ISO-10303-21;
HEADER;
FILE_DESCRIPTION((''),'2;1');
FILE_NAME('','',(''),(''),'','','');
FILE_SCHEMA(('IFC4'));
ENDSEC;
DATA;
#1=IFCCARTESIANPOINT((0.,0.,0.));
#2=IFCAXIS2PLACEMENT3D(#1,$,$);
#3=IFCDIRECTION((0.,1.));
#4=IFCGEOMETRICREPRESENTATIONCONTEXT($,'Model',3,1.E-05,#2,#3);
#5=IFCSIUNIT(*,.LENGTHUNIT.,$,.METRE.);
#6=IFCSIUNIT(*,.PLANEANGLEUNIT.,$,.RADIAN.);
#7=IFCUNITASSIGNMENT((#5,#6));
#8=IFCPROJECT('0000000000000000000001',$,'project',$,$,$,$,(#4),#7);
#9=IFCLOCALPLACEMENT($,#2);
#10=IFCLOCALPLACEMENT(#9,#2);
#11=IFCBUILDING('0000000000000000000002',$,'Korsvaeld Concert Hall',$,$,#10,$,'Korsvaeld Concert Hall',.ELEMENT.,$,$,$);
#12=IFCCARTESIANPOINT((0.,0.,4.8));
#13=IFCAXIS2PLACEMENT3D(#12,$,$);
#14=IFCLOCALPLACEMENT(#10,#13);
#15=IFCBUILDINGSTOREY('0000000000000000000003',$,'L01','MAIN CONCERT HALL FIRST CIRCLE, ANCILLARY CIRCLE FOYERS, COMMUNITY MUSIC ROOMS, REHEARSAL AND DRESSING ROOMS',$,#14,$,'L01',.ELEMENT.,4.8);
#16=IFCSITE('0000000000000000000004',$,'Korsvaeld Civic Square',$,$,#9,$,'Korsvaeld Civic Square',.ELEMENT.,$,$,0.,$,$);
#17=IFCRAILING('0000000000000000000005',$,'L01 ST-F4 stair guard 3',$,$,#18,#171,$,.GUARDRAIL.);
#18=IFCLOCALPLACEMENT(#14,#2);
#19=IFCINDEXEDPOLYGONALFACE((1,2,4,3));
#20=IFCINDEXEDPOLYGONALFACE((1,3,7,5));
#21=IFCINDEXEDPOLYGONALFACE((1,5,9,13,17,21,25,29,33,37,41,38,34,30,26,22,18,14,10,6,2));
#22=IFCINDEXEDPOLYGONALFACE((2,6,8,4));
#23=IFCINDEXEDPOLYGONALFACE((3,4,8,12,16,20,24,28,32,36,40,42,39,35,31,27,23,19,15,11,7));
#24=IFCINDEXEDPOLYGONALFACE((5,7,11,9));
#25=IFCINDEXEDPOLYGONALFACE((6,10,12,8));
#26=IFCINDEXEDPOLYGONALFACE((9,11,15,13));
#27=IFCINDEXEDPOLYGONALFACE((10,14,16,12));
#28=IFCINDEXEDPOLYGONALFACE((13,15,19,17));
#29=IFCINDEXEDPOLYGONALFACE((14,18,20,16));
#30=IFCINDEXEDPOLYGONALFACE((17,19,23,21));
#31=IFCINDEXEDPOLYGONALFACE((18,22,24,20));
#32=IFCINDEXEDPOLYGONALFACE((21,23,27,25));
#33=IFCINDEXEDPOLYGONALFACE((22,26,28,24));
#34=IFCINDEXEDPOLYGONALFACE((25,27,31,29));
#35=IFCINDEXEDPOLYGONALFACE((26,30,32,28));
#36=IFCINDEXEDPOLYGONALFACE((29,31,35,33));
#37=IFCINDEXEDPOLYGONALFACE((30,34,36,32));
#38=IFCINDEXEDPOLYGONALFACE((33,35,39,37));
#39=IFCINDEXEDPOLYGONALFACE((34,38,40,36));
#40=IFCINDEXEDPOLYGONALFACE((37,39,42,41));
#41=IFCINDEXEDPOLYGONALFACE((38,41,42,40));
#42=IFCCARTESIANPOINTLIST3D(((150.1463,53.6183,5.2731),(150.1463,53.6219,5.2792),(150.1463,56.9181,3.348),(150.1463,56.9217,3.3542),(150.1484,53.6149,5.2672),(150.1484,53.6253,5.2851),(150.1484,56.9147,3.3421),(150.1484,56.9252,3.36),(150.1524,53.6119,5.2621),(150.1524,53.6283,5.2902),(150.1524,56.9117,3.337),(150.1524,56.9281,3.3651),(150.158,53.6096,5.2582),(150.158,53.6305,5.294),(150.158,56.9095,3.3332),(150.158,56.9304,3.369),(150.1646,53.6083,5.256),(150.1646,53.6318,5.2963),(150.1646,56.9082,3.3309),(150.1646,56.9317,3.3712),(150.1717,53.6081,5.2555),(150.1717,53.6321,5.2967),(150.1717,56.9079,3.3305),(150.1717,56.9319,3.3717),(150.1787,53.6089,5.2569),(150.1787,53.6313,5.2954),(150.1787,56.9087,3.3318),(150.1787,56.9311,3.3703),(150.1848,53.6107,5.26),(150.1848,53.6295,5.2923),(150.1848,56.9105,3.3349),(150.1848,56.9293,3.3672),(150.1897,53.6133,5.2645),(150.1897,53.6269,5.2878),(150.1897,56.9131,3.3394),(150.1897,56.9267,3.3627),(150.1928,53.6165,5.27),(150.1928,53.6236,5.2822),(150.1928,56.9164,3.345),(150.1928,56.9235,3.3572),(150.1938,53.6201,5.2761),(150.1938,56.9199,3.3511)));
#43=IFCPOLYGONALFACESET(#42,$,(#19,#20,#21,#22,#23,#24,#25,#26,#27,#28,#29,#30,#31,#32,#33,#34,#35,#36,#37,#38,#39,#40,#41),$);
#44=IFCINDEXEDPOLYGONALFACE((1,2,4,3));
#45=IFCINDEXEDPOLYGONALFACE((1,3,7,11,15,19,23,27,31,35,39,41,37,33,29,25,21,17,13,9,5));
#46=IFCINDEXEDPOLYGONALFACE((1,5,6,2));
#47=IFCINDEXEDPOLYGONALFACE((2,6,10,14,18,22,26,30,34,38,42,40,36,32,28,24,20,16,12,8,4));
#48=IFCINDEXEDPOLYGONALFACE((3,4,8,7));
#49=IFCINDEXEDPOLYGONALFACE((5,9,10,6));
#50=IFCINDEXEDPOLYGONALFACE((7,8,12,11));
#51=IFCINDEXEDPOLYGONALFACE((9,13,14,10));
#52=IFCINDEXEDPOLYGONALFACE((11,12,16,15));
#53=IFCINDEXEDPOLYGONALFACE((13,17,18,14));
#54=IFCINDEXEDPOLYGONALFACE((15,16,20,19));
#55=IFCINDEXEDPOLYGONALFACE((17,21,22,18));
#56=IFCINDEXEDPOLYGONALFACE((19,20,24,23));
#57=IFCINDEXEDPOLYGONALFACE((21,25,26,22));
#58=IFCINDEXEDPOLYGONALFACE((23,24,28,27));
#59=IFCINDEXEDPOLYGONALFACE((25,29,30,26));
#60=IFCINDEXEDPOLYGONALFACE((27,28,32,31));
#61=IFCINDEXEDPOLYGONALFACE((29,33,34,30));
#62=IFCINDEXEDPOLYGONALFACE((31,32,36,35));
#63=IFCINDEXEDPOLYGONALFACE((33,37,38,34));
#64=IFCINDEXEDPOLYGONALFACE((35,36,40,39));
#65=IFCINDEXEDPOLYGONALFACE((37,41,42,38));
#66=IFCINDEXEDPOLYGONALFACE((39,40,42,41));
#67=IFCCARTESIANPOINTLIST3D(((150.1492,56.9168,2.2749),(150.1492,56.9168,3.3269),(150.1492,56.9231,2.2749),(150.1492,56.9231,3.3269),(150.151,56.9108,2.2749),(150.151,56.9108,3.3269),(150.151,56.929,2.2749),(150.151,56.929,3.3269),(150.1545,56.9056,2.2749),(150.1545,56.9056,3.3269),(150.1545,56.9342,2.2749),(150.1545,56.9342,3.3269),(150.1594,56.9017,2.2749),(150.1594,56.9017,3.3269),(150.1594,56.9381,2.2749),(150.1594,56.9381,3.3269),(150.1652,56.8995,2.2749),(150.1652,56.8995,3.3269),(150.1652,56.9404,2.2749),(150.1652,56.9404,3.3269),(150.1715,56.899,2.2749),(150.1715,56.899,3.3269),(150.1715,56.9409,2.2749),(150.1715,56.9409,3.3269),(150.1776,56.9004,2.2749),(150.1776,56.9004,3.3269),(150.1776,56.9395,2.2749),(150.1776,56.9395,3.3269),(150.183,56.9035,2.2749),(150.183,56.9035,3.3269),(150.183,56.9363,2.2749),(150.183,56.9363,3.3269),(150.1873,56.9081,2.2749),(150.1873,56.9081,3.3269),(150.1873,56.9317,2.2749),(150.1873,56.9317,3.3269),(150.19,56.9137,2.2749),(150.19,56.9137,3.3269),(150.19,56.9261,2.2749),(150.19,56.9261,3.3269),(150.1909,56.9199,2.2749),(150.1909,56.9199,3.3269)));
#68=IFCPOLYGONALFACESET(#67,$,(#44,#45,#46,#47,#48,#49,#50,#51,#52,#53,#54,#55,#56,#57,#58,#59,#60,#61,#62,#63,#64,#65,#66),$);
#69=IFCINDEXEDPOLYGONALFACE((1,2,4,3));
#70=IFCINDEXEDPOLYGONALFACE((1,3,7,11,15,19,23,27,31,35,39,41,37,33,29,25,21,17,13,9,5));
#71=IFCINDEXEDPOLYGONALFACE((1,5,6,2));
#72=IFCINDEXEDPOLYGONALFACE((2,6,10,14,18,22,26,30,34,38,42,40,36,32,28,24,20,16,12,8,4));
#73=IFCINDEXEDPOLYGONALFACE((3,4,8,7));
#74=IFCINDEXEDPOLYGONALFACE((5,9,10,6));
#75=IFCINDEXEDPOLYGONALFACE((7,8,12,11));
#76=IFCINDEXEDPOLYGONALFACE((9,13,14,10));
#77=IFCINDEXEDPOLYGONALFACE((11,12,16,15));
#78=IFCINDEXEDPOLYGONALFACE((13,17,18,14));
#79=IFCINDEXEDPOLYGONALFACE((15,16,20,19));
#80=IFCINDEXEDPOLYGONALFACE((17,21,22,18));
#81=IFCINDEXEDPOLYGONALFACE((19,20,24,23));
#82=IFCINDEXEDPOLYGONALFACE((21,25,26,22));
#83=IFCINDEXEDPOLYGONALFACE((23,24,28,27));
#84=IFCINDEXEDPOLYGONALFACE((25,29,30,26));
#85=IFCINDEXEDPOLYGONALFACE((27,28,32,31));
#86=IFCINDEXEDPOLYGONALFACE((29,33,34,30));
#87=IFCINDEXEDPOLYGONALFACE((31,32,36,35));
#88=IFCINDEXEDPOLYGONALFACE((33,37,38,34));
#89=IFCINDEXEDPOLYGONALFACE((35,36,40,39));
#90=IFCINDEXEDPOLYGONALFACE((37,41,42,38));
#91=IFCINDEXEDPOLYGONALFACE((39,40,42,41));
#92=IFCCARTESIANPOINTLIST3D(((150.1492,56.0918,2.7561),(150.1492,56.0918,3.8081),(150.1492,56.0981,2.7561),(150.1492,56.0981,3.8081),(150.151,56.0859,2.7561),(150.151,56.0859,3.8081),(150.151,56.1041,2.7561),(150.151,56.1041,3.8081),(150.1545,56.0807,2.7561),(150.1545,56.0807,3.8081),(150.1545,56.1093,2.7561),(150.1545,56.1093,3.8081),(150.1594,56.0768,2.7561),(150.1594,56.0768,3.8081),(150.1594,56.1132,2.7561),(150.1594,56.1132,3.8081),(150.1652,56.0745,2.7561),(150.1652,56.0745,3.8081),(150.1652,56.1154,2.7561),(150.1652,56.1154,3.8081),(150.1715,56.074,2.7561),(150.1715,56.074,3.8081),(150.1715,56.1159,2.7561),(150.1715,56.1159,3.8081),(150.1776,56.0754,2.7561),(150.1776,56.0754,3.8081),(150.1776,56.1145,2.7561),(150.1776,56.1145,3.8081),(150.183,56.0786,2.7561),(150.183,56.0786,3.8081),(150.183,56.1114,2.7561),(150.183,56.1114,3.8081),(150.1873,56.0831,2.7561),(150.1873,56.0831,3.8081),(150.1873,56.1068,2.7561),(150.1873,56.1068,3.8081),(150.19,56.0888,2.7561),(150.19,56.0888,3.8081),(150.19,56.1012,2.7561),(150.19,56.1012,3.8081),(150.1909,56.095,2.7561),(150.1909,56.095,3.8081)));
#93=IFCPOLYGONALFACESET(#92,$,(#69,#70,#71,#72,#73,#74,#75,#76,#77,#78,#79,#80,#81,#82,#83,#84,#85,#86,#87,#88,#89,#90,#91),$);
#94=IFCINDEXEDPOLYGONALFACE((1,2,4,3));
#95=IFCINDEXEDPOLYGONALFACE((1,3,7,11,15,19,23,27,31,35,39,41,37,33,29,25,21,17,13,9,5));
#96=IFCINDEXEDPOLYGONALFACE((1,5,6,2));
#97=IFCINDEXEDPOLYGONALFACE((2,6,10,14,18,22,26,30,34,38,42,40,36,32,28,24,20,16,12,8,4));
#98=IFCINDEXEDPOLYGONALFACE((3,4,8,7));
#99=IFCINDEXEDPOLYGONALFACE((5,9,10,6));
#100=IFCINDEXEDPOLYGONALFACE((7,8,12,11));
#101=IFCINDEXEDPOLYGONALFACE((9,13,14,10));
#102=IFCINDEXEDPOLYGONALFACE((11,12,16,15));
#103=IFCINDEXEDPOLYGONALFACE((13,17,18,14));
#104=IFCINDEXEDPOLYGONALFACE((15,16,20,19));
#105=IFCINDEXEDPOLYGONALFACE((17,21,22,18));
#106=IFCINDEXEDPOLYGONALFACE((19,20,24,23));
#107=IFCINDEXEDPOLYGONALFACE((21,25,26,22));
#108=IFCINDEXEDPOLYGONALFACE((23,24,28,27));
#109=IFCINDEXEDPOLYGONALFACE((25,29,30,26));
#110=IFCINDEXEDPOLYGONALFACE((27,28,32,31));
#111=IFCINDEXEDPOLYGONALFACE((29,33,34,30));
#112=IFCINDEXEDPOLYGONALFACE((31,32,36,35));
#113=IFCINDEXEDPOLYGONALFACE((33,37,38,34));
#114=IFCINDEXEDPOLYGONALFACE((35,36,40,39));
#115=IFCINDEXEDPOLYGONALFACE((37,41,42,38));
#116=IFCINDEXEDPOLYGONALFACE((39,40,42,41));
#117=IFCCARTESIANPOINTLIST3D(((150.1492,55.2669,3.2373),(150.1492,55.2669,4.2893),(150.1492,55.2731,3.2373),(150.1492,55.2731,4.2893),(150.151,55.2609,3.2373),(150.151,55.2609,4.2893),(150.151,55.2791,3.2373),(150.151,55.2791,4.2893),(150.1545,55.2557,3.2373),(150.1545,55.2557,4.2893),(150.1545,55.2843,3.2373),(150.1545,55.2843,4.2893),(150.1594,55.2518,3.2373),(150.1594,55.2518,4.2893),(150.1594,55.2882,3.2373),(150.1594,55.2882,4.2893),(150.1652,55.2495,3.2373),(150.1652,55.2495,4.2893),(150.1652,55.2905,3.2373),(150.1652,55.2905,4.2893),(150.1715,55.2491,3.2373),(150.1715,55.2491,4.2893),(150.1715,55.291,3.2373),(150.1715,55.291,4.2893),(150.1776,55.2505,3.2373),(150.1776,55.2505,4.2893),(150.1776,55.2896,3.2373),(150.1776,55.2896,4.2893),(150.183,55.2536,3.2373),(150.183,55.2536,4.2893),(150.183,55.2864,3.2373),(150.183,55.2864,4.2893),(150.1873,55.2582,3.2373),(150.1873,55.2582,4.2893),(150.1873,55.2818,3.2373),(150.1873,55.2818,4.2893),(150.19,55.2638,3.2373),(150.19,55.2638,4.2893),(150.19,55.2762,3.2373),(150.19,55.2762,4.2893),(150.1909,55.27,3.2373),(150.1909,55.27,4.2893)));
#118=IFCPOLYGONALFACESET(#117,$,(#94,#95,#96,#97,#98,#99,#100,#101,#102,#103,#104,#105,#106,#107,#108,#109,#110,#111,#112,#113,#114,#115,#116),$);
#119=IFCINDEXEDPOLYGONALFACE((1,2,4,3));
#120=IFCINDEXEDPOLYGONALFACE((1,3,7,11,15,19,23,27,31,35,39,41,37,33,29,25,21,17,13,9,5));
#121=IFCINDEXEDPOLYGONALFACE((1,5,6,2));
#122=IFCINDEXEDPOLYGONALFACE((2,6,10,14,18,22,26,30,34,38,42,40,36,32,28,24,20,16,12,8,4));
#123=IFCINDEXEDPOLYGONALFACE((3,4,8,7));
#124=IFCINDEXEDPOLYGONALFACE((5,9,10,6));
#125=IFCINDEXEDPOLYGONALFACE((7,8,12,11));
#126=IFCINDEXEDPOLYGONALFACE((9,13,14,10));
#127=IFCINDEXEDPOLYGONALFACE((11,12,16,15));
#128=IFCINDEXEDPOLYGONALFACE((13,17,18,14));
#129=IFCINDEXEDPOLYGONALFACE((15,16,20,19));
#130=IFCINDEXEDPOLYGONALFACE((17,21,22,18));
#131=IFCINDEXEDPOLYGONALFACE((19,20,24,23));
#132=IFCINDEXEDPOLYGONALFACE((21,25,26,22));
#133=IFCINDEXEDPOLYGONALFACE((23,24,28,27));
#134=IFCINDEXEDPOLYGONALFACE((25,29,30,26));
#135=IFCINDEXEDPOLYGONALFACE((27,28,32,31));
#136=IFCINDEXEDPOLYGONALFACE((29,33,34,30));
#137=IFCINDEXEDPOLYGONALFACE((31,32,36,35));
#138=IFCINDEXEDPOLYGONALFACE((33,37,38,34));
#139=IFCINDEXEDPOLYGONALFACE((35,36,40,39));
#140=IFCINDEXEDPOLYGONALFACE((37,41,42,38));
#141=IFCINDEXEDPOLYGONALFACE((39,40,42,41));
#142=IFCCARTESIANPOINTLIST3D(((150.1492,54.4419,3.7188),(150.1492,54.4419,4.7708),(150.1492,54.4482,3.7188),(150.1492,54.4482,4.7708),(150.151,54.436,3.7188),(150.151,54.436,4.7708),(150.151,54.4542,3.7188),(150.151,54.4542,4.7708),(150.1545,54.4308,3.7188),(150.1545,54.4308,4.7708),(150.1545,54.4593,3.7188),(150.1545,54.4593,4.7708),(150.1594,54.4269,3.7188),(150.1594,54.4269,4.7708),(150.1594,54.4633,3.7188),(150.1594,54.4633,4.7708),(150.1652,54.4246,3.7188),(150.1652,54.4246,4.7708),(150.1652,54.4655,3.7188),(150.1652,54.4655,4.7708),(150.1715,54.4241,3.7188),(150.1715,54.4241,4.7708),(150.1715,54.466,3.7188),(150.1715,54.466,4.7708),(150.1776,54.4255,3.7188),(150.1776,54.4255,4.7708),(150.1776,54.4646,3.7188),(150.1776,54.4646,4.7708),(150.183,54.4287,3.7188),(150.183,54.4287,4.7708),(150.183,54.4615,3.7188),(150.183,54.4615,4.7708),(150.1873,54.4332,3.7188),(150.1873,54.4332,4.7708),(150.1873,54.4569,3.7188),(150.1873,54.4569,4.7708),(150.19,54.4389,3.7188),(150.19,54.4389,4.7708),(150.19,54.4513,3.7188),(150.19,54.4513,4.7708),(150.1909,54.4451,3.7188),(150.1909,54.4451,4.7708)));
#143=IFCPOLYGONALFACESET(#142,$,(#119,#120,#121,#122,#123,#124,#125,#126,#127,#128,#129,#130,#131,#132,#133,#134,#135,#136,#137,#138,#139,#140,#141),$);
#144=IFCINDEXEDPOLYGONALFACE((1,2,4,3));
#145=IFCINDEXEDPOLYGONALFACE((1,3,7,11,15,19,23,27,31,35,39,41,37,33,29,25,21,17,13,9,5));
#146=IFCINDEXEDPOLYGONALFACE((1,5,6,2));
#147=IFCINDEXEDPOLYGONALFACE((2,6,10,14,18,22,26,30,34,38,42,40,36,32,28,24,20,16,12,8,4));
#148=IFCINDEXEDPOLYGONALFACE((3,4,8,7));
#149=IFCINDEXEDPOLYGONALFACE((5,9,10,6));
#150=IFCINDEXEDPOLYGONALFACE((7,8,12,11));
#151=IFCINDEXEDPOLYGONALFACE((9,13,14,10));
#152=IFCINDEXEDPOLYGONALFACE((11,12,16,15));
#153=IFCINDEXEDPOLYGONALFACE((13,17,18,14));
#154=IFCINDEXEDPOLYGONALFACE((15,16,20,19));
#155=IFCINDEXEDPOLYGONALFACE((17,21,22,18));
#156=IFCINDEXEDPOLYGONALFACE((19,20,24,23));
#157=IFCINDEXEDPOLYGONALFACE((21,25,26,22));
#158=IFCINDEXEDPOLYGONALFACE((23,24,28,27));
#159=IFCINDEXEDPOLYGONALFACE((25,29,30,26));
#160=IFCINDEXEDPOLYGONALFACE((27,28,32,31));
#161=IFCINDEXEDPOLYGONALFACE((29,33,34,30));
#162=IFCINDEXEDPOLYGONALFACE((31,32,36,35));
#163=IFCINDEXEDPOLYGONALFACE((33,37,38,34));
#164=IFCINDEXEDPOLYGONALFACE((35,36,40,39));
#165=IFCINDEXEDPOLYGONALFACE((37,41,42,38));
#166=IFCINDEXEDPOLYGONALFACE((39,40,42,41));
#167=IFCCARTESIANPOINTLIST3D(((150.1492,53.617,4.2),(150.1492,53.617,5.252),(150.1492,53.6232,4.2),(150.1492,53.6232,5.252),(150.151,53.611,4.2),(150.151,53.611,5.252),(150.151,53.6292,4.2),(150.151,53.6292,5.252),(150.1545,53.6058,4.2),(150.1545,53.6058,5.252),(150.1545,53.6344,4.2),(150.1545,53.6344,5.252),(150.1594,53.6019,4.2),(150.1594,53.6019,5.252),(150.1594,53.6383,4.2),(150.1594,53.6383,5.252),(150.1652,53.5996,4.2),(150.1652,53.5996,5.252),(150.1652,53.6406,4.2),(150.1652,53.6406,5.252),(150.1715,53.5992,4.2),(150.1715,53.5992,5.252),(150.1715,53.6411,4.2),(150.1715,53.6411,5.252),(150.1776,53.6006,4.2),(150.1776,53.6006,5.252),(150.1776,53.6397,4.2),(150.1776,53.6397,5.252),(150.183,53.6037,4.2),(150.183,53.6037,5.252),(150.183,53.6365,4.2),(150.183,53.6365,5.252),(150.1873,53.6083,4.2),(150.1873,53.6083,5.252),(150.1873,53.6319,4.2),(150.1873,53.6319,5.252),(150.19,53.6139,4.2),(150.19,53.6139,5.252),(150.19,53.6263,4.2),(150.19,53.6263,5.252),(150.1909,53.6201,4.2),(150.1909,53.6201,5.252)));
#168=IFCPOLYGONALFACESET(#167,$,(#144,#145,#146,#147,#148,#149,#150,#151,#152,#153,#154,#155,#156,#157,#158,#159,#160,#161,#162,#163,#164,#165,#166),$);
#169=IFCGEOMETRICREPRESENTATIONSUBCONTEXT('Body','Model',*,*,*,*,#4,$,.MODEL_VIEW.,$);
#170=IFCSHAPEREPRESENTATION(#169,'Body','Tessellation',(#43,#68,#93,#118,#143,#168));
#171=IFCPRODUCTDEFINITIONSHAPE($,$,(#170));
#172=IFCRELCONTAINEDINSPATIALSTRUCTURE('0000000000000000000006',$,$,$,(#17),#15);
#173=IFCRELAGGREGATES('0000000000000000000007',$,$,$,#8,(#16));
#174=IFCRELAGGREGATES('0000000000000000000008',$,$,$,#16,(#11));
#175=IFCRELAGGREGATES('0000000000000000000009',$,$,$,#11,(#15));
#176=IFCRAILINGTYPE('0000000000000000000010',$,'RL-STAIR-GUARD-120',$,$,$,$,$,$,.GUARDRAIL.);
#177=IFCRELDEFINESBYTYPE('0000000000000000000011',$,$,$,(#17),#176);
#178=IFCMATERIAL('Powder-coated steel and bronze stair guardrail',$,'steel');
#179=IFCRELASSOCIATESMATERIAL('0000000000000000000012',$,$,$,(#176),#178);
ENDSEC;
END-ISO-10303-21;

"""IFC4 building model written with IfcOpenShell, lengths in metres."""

from ifc_helpers import new_model, si_unit, direction, frame, origin, origin_2d, place, context, subcontext, project, spatial, circle, extrude, material, type_object, element, save


model = new_model("IFC4")

# Units and contexts
model_context = context("Model", 3, precision=1e-05, world=origin(), true_north=direction((0.0, 1.0)))
body_context = subcontext(model_context, "Body", "Model", "MODEL_VIEW")
ifc_project = project(units=[si_unit("LENGTHUNIT", "METRE"), si_unit("PLANEANGLEUNIT", "RADIAN")], contexts=[model_context])

# Site, building, storey
site_placement = place(None, origin())
site = spatial("IfcSite", under=ifc_project, at=site_placement, Name="Korsvaeld Civic Square", LongName="Korsvaeld Civic Square", CompositionType="ELEMENT", RefElevation=0.0)
building_placement = place(site_placement, origin())
building = spatial("IfcBuilding", under=site, at=building_placement, Name="Korsvaeld Concert Hall", LongName="Korsvaeld Concert Hall", CompositionType="ELEMENT")
storey_placement = place(building_placement, frame((0.0, 0.0, 4.8)))
storey = spatial("IfcBuildingStorey", under=building, at=storey_placement, Name="L01", Description="MAIN CONCERT HALL FIRST CIRCLE, ANCILLARY CIRCLE FOYERS, COMMUNITY MUSIC ROOMS, REHEARSAL AND DRESSING ROOMS", LongName="L01", CompositionType="ELEMENT", Elevation=4.8)

# Railing
ifc_material_1 = material(Name="Powder-coated steel and bronze stair guardrail", Category="steel")
railing_type_1 = type_object("IfcRailingType", Name="RL-STAIR-GUARD-120", PredefinedType="GUARDRAIL", material=ifc_material_1)
railing_1_placement = place(storey_placement, frame((150.1699, 56.9199, 2.2749)))
element("IfcRailing", 1, at=railing_1_placement, inside=storey, type_object=railing_type_1, Name="L01 ST-F4 stair guard 3", PredefinedType="GUARDRAIL", context=body_context, shape_type="SweptSolid", body=[
    extrude(circle(Radius=0.0239, at=origin_2d()), frame((0.0, 0.0, 1.0762), z_axis=(0.0, -0.86376, 0.503903), x_axis=(1.0, 0.0, 0.0)), (0.0, 0.0, 1.0), 3.8203),
    extrude(circle(Radius=0.021, at=origin_2d()), origin(), (0.0, 0.0, 1.0), 1.052),
    extrude(circle(Radius=0.021, at=origin_2d()), frame((0.0, -0.825, 0.4812)), (0.0, 0.0, 1.0), 1.052),
    extrude(circle(Radius=0.021, at=origin_2d()), frame((0.0, -1.6499, 0.9624)), (0.0, 0.0, 1.0), 1.052),
    extrude(circle(Radius=0.021, at=origin_2d()), frame((0.0, -2.4749, 1.4438)), (0.0, 0.0, 1.0), 1.052),
    extrude(circle(Radius=0.021, at=origin_2d()), frame((0.0, -3.2998, 1.925)), (0.0, 0.0, 1.0), 1.052),
])

save(model, "model.ifc")
